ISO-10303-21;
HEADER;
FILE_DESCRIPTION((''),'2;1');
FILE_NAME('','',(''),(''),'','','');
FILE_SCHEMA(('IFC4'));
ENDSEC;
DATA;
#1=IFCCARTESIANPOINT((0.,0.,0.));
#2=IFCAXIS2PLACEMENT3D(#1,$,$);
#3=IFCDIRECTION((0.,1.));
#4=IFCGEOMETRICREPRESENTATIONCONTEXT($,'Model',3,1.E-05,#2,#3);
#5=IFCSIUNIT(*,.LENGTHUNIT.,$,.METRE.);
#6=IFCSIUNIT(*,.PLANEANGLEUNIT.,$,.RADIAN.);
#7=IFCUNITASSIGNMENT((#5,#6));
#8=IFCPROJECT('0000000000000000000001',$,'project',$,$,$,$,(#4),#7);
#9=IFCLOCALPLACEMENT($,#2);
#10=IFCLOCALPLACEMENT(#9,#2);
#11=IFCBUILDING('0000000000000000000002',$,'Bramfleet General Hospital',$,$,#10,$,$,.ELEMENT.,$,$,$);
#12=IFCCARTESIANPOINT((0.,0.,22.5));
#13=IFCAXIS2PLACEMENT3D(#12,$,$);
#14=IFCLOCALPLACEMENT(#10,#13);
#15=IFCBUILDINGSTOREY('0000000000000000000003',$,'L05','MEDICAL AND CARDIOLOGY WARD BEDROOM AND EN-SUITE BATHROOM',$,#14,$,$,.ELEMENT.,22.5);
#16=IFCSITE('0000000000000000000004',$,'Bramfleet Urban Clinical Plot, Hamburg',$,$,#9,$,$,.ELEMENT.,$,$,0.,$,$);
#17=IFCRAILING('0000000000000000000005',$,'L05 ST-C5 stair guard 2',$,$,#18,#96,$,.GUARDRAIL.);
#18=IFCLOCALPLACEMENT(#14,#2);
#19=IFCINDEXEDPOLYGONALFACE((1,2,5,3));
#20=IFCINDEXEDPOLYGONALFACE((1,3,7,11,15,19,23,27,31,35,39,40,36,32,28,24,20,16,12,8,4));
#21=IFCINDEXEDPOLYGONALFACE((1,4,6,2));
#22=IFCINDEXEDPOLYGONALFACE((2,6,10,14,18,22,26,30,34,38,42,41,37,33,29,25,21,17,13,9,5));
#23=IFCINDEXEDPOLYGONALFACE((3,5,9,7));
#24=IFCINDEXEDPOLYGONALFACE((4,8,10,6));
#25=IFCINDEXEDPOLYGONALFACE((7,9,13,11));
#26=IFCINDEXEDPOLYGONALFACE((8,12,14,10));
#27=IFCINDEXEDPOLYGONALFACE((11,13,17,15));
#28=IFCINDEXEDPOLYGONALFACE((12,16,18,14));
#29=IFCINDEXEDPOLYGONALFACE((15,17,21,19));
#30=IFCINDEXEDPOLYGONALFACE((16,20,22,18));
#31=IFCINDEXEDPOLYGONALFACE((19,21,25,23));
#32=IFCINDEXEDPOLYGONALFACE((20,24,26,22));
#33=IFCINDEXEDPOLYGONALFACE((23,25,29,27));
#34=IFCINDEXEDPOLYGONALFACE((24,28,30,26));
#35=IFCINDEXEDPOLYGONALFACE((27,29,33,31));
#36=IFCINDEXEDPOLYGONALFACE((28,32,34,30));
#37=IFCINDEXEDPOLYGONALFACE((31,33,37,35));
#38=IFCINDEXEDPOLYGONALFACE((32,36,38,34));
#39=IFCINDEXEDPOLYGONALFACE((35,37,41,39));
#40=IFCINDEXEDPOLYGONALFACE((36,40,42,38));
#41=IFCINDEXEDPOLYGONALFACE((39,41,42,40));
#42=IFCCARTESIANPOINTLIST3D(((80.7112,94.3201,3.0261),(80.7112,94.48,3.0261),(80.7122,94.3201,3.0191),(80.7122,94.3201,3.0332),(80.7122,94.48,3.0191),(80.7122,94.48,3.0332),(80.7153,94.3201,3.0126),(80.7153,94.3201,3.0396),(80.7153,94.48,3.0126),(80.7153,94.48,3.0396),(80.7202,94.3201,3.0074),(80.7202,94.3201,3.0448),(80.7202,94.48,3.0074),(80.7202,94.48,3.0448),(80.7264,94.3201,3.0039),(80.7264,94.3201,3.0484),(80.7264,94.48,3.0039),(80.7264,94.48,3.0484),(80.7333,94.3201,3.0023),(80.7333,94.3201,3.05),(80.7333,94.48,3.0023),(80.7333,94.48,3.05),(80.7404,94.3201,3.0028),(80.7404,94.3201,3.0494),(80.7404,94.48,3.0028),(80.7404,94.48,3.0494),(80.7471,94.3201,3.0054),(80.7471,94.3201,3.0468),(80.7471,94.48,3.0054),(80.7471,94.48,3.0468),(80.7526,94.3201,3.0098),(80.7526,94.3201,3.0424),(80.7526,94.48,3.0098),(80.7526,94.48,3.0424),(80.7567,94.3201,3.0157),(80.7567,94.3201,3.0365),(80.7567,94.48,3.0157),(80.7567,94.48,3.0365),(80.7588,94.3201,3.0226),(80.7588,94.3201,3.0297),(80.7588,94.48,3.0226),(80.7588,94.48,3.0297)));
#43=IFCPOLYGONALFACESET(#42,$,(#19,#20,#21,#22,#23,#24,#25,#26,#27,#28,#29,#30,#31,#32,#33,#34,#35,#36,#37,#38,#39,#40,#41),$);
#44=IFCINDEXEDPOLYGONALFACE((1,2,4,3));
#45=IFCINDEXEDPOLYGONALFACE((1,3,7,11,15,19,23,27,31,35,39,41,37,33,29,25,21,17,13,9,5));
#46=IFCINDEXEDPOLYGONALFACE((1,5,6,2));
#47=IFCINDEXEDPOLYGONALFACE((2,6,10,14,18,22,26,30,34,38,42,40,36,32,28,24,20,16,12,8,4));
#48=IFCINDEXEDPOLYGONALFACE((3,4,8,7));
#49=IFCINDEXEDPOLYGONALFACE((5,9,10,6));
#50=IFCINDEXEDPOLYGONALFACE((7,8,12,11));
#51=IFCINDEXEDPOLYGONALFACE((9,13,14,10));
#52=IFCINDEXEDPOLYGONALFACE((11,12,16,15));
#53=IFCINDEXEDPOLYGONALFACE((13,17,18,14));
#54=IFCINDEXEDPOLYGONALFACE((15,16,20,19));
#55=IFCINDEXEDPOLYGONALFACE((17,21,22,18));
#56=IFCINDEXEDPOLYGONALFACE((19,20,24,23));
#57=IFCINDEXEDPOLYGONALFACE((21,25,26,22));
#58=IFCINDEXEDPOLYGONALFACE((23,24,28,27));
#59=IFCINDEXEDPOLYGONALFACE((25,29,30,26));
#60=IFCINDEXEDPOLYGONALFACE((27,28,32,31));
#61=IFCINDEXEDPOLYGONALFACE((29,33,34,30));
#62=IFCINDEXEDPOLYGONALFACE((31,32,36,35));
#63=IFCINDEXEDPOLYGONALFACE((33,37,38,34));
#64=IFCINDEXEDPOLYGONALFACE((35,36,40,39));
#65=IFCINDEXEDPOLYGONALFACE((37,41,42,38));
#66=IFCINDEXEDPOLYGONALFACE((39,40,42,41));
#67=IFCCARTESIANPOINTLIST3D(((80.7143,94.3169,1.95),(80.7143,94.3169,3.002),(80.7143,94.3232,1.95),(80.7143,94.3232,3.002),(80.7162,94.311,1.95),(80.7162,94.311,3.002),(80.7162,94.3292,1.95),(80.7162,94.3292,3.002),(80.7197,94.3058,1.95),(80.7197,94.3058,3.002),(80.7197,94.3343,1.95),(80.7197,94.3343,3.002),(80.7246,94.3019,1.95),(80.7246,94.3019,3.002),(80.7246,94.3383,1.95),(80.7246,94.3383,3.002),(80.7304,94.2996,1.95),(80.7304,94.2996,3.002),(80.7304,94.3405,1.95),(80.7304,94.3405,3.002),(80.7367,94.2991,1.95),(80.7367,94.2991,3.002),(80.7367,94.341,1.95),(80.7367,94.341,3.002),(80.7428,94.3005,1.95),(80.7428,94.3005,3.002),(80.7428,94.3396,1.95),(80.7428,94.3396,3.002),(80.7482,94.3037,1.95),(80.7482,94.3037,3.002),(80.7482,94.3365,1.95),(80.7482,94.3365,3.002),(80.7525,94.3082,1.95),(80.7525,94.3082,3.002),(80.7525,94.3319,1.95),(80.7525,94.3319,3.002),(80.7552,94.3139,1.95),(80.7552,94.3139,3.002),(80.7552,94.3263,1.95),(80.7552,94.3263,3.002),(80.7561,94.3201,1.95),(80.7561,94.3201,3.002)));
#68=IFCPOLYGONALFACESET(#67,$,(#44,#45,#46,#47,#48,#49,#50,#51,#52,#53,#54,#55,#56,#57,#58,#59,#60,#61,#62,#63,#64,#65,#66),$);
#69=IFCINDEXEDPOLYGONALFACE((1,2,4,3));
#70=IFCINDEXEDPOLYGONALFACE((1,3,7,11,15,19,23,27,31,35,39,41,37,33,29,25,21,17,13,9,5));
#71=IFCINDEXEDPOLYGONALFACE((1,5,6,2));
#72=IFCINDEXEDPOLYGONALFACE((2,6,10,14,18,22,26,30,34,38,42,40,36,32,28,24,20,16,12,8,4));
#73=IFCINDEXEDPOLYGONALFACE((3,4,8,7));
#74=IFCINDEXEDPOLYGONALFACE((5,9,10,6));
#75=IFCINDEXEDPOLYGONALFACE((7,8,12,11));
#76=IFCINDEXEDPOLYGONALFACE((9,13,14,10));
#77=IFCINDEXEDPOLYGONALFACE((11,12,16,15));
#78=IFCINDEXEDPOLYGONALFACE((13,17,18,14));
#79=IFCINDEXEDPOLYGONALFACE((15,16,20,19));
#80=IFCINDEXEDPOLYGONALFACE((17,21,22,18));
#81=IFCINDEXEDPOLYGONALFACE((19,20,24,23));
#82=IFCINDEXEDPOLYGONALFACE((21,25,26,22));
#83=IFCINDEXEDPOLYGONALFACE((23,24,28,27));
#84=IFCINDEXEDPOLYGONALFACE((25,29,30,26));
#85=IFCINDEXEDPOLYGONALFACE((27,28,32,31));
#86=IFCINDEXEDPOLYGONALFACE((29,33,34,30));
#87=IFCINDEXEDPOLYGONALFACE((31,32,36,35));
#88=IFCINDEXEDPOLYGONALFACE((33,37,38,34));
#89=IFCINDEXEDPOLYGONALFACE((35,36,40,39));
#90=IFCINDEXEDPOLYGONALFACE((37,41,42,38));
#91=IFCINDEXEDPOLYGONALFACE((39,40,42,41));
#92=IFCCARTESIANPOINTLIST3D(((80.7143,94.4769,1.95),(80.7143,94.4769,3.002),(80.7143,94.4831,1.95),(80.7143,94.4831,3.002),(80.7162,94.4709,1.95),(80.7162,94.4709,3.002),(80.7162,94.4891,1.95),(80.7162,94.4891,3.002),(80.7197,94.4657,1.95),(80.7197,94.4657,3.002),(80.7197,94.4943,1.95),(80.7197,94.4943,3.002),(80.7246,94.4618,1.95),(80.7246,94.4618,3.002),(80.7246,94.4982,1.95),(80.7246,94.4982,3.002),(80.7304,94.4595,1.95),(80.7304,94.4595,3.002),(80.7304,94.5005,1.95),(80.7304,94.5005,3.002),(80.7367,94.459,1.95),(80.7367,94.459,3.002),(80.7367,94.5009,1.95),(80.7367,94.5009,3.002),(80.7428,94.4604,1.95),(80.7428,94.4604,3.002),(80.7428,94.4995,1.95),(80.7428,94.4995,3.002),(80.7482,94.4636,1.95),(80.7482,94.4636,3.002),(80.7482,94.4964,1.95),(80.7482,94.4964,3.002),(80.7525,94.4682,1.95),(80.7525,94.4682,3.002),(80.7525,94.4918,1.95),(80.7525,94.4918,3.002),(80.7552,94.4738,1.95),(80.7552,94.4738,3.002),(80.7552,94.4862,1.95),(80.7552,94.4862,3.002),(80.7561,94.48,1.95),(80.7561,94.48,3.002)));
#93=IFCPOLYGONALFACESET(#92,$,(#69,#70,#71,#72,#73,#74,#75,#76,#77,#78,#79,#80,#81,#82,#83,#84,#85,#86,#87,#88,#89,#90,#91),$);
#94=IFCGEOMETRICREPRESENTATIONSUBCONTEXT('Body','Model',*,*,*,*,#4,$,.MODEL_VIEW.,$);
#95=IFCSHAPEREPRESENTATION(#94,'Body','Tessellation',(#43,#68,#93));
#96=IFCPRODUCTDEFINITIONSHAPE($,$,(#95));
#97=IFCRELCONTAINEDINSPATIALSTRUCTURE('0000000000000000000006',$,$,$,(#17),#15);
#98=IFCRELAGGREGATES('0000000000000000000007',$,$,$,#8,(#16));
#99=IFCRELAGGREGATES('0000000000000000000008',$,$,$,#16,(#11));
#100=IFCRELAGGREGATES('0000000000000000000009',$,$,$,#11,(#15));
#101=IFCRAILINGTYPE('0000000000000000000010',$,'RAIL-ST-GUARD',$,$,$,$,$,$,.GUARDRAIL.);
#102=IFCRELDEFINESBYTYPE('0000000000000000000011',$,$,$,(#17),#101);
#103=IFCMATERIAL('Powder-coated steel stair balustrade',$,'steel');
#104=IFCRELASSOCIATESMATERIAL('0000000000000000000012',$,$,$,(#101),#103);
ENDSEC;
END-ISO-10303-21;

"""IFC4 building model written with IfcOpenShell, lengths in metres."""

from ifc_helpers import new_model, si_unit, direction, frame, origin, origin_2d, place, context, subcontext, project, spatial, circle, extrude, material, type_object, element, save


model = new_model("IFC4")

# Units and contexts
model_context = context("Model", 3, precision=1e-05, world=origin(), true_north=direction((0.0, 1.0)))
body_context = subcontext(model_context, "Body", "Model", "MODEL_VIEW")
ifc_project = project(units=[si_unit("LENGTHUNIT", "METRE"), si_unit("PLANEANGLEUNIT", "RADIAN")], contexts=[model_context])

# Site, building, storey
site_placement = place(None, origin())
site = spatial("IfcSite", under=ifc_project, at=site_placement, Name="Bramfleet Urban Clinical Plot, Hamburg", CompositionType="ELEMENT", RefElevation=0.0)
building_placement = place(site_placement, origin())
building = spatial("IfcBuilding", under=site, at=building_placement, Name="Bramfleet General Hospital", CompositionType="ELEMENT")
storey_placement = place(building_placement, frame((0.0, 0.0, 22.5)))
storey = spatial("IfcBuildingStorey", under=building, at=storey_placement, Name="L05", Description="MEDICAL AND CARDIOLOGY WARD BEDROOM AND EN-SUITE BATHROOM", CompositionType="ELEMENT", Elevation=22.5)

# Railing
ifc_material_1 = material(Name="Powder-coated steel stair balustrade", Category="steel")
railing_type_1 = type_object("IfcRailingType", Name="RAIL-ST-GUARD", PredefinedType="GUARDRAIL", material=ifc_material_1)
railing_1_placement = place(storey_placement, frame((80.7351, 94.3201, 1.95)))
element("IfcRailing", 1, at=railing_1_placement, inside=storey, type_object=railing_type_1, Name="L05 ST-C5 stair guard 2", PredefinedType="GUARDRAIL", context=body_context, shape_type="SweptSolid", body=[
    extrude(circle(Radius=0.0239, at=origin_2d()), frame((0.0, 0.0, 1.0762), z_axis=(0.0, 1.0, 0.0), x_axis=(-1.0, 0.0, 0.0)), (0.0, 0.0, 1.0), 0.1599),
    extrude(circle(Radius=0.021, at=origin_2d()), origin(), (0.0, 0.0, 1.0), 1.052),
    extrude(circle(Radius=0.021, at=origin_2d()), frame((0.0, 0.1599, 0.0)), (0.0, 0.0, 1.0), 1.052),
])

save(model, "model.ifc")
